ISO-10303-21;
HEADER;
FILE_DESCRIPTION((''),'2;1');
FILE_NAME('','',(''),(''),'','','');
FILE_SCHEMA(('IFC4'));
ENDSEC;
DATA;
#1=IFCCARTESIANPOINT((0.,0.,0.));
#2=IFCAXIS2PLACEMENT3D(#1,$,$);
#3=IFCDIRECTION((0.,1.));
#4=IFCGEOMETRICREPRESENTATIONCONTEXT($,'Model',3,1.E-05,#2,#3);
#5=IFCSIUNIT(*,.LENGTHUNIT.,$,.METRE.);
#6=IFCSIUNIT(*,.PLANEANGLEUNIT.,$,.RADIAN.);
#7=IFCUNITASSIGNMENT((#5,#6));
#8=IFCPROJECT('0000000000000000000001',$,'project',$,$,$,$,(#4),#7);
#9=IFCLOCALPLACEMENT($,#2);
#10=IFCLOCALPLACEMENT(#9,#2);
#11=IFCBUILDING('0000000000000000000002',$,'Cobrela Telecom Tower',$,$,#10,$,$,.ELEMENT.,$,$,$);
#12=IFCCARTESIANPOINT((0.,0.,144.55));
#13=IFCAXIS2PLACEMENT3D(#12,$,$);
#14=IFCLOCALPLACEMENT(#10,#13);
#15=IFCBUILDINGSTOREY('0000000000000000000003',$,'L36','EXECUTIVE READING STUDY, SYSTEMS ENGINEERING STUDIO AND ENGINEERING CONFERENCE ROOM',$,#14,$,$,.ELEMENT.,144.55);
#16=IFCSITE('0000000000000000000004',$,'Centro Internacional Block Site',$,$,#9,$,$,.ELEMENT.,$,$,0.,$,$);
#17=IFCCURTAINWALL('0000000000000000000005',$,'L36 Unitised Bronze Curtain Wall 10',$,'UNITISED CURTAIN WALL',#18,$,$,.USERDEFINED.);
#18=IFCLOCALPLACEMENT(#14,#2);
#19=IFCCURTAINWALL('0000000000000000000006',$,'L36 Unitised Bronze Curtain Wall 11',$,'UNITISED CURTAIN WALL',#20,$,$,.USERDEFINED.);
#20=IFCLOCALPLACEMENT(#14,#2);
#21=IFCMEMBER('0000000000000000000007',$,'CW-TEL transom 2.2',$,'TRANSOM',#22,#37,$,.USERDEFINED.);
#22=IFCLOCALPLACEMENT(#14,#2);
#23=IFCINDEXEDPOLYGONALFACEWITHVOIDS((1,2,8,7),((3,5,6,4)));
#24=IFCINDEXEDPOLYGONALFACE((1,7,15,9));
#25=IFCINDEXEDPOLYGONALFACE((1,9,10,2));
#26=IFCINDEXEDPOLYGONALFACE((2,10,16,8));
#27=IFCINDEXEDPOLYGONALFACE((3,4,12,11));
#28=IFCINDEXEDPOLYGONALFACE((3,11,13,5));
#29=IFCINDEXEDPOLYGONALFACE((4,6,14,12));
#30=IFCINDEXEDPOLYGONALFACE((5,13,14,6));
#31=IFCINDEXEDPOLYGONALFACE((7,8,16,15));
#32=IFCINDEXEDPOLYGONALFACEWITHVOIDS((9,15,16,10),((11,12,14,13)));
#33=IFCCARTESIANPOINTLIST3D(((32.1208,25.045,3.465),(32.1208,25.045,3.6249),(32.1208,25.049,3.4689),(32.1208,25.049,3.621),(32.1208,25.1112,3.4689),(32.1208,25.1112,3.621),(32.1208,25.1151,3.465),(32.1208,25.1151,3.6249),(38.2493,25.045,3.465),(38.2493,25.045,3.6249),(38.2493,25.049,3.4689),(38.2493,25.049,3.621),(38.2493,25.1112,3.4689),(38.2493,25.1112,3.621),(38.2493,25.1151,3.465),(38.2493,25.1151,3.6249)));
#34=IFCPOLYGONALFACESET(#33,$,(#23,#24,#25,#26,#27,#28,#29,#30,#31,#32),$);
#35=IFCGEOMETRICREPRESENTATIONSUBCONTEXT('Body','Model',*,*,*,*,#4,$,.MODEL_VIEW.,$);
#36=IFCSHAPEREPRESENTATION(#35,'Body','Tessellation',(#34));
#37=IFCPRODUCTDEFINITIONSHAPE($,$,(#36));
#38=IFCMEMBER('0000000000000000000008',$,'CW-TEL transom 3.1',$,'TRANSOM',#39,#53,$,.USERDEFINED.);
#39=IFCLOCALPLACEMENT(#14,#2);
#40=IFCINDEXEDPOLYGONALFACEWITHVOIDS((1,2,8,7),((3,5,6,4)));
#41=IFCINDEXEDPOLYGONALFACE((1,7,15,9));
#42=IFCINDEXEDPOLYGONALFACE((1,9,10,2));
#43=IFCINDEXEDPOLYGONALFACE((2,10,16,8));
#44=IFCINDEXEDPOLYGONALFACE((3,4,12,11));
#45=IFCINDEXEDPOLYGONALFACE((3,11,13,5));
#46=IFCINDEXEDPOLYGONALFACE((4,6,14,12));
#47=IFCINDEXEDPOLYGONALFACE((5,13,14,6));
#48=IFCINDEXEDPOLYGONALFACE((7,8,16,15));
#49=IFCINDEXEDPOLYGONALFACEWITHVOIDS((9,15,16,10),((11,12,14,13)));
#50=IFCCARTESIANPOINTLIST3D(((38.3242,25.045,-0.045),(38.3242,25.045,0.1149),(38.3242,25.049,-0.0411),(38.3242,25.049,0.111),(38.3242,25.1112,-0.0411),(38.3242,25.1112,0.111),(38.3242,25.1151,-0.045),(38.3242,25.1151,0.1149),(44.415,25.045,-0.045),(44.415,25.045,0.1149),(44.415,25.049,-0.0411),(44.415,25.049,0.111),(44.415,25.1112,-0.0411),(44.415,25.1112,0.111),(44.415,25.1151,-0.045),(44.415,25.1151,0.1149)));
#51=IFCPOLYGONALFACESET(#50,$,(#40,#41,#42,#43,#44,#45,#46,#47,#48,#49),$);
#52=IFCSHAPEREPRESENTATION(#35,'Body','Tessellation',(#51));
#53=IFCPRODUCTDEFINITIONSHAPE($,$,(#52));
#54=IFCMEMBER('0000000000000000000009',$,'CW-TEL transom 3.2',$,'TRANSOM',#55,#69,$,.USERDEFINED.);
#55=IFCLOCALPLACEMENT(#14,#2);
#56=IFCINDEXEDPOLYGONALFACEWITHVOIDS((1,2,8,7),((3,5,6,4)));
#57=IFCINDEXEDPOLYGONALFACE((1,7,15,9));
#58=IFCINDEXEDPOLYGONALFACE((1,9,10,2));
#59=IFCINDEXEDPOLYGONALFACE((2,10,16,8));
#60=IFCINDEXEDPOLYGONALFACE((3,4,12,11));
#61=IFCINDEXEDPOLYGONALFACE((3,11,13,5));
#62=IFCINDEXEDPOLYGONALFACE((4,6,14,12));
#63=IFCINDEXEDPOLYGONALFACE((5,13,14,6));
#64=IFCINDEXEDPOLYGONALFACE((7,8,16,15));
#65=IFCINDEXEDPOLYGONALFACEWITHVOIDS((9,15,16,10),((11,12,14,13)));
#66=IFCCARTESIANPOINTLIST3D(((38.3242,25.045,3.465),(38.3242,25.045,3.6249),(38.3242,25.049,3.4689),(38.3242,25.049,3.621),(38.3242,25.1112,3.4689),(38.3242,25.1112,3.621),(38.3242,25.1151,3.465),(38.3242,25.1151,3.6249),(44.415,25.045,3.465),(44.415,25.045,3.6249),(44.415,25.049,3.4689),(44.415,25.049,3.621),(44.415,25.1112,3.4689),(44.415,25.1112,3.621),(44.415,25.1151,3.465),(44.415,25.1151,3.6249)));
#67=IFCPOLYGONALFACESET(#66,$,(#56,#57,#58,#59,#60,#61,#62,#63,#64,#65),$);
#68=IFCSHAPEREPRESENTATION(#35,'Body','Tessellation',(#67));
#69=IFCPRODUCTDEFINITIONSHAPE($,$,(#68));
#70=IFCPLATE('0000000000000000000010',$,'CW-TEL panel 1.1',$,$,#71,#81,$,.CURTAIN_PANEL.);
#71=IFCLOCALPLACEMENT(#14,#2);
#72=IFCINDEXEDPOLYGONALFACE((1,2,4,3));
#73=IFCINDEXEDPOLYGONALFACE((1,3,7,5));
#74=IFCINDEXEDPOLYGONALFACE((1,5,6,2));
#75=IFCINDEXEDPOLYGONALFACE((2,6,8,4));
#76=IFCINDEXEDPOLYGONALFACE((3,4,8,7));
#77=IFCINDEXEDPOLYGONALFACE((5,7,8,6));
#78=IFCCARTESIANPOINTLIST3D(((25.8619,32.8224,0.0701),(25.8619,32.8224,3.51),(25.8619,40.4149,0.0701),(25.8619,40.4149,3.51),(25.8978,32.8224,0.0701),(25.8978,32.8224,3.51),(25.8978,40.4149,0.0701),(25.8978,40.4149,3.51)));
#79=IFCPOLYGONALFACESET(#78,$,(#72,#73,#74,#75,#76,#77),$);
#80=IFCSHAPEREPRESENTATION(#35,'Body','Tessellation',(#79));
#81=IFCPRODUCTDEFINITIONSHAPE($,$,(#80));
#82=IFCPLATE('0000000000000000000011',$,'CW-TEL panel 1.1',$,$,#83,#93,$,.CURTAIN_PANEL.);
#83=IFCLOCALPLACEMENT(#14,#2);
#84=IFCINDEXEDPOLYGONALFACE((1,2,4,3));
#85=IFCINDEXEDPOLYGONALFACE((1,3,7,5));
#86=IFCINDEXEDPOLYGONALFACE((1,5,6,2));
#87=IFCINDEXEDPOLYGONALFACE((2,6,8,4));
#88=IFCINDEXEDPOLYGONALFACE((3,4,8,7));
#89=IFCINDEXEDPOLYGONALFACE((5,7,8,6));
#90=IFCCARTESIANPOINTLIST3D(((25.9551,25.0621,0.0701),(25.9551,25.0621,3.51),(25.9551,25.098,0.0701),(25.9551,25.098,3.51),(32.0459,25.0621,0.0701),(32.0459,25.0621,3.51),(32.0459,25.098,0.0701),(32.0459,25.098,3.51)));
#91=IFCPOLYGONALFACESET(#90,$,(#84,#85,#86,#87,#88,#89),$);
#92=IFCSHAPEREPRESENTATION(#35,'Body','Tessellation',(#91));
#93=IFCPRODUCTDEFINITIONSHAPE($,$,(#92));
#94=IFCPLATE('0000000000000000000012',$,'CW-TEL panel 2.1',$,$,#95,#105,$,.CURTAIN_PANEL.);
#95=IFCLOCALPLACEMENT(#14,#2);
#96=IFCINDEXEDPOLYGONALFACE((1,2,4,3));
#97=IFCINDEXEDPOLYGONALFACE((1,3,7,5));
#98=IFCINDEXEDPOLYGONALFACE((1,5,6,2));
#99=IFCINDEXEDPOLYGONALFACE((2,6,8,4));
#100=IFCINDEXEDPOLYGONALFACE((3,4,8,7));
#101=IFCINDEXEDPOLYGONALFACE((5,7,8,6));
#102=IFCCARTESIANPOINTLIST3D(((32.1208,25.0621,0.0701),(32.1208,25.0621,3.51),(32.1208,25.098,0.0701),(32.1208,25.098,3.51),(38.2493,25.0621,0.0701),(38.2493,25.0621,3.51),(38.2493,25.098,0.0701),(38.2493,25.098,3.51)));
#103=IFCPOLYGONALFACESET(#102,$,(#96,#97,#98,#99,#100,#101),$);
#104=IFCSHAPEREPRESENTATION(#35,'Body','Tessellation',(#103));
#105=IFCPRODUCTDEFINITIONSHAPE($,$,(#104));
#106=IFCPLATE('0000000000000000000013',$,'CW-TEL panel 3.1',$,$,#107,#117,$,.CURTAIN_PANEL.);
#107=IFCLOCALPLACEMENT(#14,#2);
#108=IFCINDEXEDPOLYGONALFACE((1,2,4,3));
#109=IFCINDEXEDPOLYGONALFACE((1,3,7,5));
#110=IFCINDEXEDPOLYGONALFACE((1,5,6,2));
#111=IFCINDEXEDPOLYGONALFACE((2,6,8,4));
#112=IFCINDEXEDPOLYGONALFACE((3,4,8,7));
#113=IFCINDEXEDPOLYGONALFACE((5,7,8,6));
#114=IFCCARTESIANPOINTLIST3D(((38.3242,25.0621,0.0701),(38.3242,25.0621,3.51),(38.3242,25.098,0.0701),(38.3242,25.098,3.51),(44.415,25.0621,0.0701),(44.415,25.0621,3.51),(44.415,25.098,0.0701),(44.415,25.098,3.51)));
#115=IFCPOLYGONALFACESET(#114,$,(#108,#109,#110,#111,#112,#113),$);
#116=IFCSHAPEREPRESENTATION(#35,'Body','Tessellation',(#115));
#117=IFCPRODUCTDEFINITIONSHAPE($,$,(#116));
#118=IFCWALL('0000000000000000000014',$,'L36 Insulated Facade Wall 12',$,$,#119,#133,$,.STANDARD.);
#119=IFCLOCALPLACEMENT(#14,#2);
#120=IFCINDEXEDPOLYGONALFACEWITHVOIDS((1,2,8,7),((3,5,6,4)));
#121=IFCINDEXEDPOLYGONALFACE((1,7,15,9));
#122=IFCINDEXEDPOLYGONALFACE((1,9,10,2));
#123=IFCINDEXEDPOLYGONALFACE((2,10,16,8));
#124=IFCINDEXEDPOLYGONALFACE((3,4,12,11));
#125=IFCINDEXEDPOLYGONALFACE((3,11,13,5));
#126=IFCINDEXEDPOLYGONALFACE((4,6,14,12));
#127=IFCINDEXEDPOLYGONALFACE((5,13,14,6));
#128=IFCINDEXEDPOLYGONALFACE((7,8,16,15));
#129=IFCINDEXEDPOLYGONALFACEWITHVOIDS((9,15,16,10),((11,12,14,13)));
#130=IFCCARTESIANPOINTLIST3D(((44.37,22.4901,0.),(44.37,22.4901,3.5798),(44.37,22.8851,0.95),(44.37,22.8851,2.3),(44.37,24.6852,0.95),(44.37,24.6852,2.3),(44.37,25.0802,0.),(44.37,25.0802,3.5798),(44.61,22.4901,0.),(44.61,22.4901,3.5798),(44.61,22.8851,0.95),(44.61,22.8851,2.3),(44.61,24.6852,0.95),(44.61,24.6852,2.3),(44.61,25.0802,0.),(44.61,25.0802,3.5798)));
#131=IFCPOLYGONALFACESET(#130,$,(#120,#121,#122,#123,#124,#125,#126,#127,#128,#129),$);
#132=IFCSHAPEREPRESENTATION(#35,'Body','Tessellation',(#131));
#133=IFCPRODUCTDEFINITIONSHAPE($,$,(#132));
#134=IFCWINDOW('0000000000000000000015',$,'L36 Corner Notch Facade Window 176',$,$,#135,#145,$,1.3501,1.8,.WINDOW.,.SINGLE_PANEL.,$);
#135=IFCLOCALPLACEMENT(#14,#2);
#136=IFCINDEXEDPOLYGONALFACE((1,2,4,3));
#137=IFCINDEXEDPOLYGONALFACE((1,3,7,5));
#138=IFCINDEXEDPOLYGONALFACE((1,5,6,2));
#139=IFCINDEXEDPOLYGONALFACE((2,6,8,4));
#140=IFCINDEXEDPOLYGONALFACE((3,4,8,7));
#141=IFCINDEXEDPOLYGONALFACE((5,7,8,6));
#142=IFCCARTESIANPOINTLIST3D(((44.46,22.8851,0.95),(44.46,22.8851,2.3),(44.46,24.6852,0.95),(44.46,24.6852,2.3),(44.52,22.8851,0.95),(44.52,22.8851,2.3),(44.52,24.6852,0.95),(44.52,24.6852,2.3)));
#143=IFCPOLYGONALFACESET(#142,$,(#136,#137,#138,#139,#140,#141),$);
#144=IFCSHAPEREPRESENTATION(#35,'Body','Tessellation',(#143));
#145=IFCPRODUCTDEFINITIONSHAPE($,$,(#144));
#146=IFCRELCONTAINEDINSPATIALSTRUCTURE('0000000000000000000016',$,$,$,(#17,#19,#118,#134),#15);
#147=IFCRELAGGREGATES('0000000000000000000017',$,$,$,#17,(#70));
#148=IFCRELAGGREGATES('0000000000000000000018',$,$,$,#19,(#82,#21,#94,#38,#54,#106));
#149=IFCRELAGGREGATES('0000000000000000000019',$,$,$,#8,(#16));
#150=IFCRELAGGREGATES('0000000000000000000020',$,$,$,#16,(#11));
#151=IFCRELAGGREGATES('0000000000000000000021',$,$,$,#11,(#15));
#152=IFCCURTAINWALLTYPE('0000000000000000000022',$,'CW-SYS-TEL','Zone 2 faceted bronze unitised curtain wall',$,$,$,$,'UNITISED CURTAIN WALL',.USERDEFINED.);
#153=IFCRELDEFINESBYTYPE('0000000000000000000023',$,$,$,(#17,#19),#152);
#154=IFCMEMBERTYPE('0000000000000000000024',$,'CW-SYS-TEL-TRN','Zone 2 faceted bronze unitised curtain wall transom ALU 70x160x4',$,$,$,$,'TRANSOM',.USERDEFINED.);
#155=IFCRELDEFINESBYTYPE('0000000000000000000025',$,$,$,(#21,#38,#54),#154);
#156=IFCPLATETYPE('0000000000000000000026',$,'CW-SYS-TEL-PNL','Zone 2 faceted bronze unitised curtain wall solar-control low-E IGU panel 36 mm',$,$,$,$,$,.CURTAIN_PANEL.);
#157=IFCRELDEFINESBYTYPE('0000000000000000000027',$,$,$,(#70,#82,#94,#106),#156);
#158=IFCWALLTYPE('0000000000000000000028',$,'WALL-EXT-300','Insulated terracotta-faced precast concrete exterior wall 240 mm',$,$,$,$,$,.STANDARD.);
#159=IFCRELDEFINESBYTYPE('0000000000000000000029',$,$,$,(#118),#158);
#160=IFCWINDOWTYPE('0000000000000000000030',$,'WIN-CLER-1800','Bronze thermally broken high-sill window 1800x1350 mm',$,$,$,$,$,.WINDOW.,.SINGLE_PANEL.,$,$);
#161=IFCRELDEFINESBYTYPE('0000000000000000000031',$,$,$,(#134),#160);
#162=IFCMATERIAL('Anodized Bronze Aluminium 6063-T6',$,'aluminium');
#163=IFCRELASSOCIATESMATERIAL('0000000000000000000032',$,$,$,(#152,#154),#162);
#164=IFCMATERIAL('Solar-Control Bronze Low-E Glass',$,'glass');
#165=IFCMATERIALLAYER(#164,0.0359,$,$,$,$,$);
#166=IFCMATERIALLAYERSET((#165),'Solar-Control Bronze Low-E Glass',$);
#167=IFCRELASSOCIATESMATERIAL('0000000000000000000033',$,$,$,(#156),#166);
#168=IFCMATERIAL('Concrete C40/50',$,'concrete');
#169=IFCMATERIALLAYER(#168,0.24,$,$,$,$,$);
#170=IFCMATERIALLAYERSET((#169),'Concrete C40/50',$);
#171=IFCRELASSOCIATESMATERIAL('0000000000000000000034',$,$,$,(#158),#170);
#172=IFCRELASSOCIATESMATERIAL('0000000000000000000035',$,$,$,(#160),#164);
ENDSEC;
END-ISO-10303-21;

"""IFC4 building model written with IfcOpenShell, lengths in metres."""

from ifc_helpers import new_model, si_unit, direction, frame, frame_2d, origin, origin_2d, place, context, subcontext, project, spatial, rectangle, hollow_rectangle, extrude, material, layer, layer_set, material_profile, profile_set, type_object, element, fill, aggregate, save


model = new_model("IFC4")

# Units and contexts
model_context = context("Model", 3, precision=1e-05, world=origin(), true_north=direction((0.0, 1.0)))
body_context = subcontext(model_context, "Body", "Model", "MODEL_VIEW")
ifc_project = project(units=[si_unit("LENGTHUNIT", "METRE"), si_unit("PLANEANGLEUNIT", "RADIAN")], contexts=[model_context])

# Site, building, storey
site_placement = place(None, origin())
site = spatial("IfcSite", under=ifc_project, at=site_placement, Name="Centro Internacional Block Site", CompositionType="ELEMENT", RefElevation=0.0)
building_placement = place(site_placement, origin())
building = spatial("IfcBuilding", under=site, at=building_placement, Name="Cobrela Telecom Tower", CompositionType="ELEMENT")
storey_placement = place(building_placement, frame((0.0, 0.0, 144.55)))
storey = spatial("IfcBuildingStorey", under=building, at=storey_placement, Name="L36", Description="EXECUTIVE READING STUDY, SYSTEMS ENGINEERING STUDIO AND ENGINEERING CONFERENCE ROOM", CompositionType="ELEMENT", Elevation=144.55)

# Curtain walls
ifc_material_1 = material(Name="Anodized Bronze Aluminium 6063-T6", Category="aluminium")
curtain_wall_type = type_object("IfcCurtainWallType", Name="CW-SYS-TEL", Description="Zone 2 faceted bronze unitised curtain wall", ElementType="UNITISED CURTAIN WALL", PredefinedType="USERDEFINED", material=ifc_material_1)
curtain_wall_1_placement = place(storey_placement, origin())
curtain_wall_1 = element("IfcCurtainWall", 1, at=curtain_wall_1_placement, inside=storey, type_object=curtain_wall_type, Name="L36 Unitised Bronze Curtain Wall 10", ObjectType="UNITISED CURTAIN WALL", PredefinedType="USERDEFINED")
curtain_wall_2_placement = place(storey_placement, origin())
curtain_wall_2 = element("IfcCurtainWall", 2, at=curtain_wall_2_placement, inside=storey, type_object=curtain_wall_type, Name="L36 Unitised Bronze Curtain Wall 11", ObjectType="UNITISED CURTAIN WALL", PredefinedType="USERDEFINED")

# Members
ifc_material_profile_1 = material_profile(ifc_material_1, hollow_rectangle(XDim=0.0701, YDim=0.1599, WallThickness=0.0039, at=origin_2d()), Name="ALU 70x160x4")
ifc_profile_set_1 = profile_set([ifc_material_profile_1], Name="Anodized Bronze Aluminium 6063-T6")
member_type_1 = type_object("IfcMemberType", Name="CW-SYS-TEL-TRN", Description="Zone 2 faceted bronze unitised curtain wall transom ALU 70x160x4", ElementType="TRANSOM", PredefinedType="USERDEFINED", material=ifc_profile_set_1)
member_1_placement = place(storey_placement, frame((32.1208, 25.0801, 3.5449), z_axis=(1.0, 0.0, 0.0), x_axis=(0.0, 1.0, 0.0)))
member_1 = element("IfcMember", 3, at=member_1_placement, type_object=member_type_1, Name="CW-TEL transom 2.2", ObjectType="TRANSOM", PredefinedType="USERDEFINED", context=body_context, shape_type="SweptSolid", body=[
    extrude(hollow_rectangle(XDim=0.0701, YDim=0.1599, WallThickness=0.0039, at=origin_2d()), origin(), (0.0, 0.0, 1.0), 6.1284),
])
member_2_placement = place(storey_placement, frame((38.3242, 25.0801, 0.0349), z_axis=(1.0, 0.0, 0.0), x_axis=(0.0, 1.0, 0.0)))
member_2 = element("IfcMember", 4, at=member_2_placement, type_object=member_type_1, Name="CW-TEL transom 3.1", ObjectType="TRANSOM", PredefinedType="USERDEFINED", context=body_context, shape_type="SweptSolid", body=[
    extrude(hollow_rectangle(XDim=0.0701, YDim=0.1599, WallThickness=0.0039, at=origin_2d()), origin(), (0.0, 0.0, 1.0), 6.0908),
])
member_3_placement = place(storey_placement, frame((38.3242, 25.0801, 3.5449), z_axis=(1.0, 0.0, 0.0), x_axis=(0.0, 1.0, 0.0)))
member_3 = element("IfcMember", 5, at=member_3_placement, type_object=member_type_1, Name="CW-TEL transom 3.2", ObjectType="TRANSOM", PredefinedType="USERDEFINED", context=body_context, shape_type="SweptSolid", body=[
    extrude(hollow_rectangle(XDim=0.0701, YDim=0.1599, WallThickness=0.0039, at=origin_2d()), origin(), (0.0, 0.0, 1.0), 6.0908),
])

# Plates
ifc_material_2 = material(Name="Solar-Control Bronze Low-E Glass", Category="glass")
ifc_layer_1 = layer(ifc_material_2, 0.0359)
ifc_layer_set_1 = layer_set([ifc_layer_1], Name="Solar-Control Bronze Low-E Glass")
plate_type = type_object("IfcPlateType", Name="CW-SYS-TEL-PNL", Description="Zone 2 faceted bronze unitised curtain wall solar-control low-E IGU panel 36 mm", PredefinedType="CURTAIN_PANEL", material=ifc_layer_set_1)
plate_1_placement = place(storey_placement, frame((25.8799, 36.6187, 0.0701), z_axis=(0.0, 0.0, 1.0), x_axis=(0.0, -1.0, 0.0)))
plate_1 = element("IfcPlate", 6, at=plate_1_placement, type_object=plate_type, Name="CW-TEL panel 1.1", PredefinedType="CURTAIN_PANEL", context=body_context, shape_type="SweptSolid", body=[
    extrude(rectangle(XDim=7.5925, YDim=0.0359, at=origin_2d()), origin(), (0.0, 0.0, 1.0), 3.4399),
])
aggregate(curtain_wall_1, [plate_1])
plate_2_placement = place(storey_placement, frame((29.0005, 25.0801, 0.0701), z_axis=(0.0, 0.0, 1.0), x_axis=(1.0, 0.0, 0.0)))
plate_2 = element("IfcPlate", 7, at=plate_2_placement, type_object=plate_type, Name="CW-TEL panel 1.1", PredefinedType="CURTAIN_PANEL", context=body_context, shape_type="SweptSolid", body=[
    extrude(rectangle(XDim=6.0908, YDim=0.0359, at=origin_2d()), origin(), (0.0, 0.0, 1.0), 3.4399),
])
plate_3_placement = place(storey_placement, frame((35.1851, 25.0801, 0.0701), z_axis=(0.0, 0.0, 1.0), x_axis=(1.0, 0.0, 0.0)))
plate_3 = element("IfcPlate", 8, at=plate_3_placement, type_object=plate_type, Name="CW-TEL panel 2.1", PredefinedType="CURTAIN_PANEL", context=body_context, shape_type="SweptSolid", body=[
    extrude(rectangle(XDim=6.1284, YDim=0.0359, at=origin_2d()), origin(), (0.0, 0.0, 1.0), 3.4399),
])
plate_4_placement = place(storey_placement, frame((41.3696, 25.0801, 0.0701), z_axis=(0.0, 0.0, 1.0), x_axis=(1.0, 0.0, 0.0)))
plate_4 = element("IfcPlate", 9, at=plate_4_placement, type_object=plate_type, Name="CW-TEL panel 3.1", PredefinedType="CURTAIN_PANEL", context=body_context, shape_type="SweptSolid", body=[
    extrude(rectangle(XDim=6.0908, YDim=0.0359, at=origin_2d()), origin(), (0.0, 0.0, 1.0), 3.4399),
])
aggregate(curtain_wall_2, [plate_2, member_1, plate_3, member_2, member_3, plate_4])

# Wall, opening, window
ifc_material_3 = material(Name="Concrete C40/50", Category="concrete")
ifc_layer_2 = layer(ifc_material_3, 0.24)
ifc_layer_set_2 = layer_set([ifc_layer_2], Name="Concrete C40/50")
wall_type = type_object("IfcWallType", Name="WALL-EXT-300", Description="Insulated terracotta-faced precast concrete exterior wall 240 mm", PredefinedType="STANDARD", material=ifc_layer_set_2)
wall_placement = place(storey_placement, frame((44.49, 25.0801, 0.0), z_axis=(0.0, 0.0, 1.0), x_axis=(0.0, -1.0, 0.0)))
wall = element("IfcWall", 10, at=wall_placement, inside=storey, type_object=wall_type, Name="L36 Insulated Facade Wall 12", PredefinedType="STANDARD", context=body_context, shape_type="SweptSolid", body=[
    extrude(rectangle(XDim=2.5901, YDim=0.24, at=frame_2d((1.2949, 0.0))), origin(), (0.0, 0.0, 1.0), 3.5798),
])
opening_placement = place(wall_placement, frame((0.395, 0.0, 0.95)))
opening = element("IfcOpeningElement", 11, at=opening_placement, cuts=wall, PredefinedType="OPENING", context=body_context, shape_type="SweptSolid", body=[
    extrude(rectangle(XDim=1.8, YDim=1.3501, at=frame_2d((0.8999, 0.675))), frame((0.0, 0.1318, 0.0), z_axis=(0.0, -1.0, 0.0), x_axis=(1.0, 0.0, 0.0)), (0.0, 0.0, 1.0), 0.2639),
])
window_type = type_object("IfcWindowType", Name="WIN-CLER-1800", Description="Bronze thermally broken high-sill window 1800x1350 mm", PartitioningType="SINGLE_PANEL", PredefinedType="WINDOW", material=ifc_material_2)
window_placement = place(opening_placement, origin())
window = element("IfcWindow", 12, at=window_placement, inside=storey, type_object=window_type, Name="L36 Corner Notch Facade Window 176", OverallHeight=1.3501, OverallWidth=1.8, PartitioningType="SINGLE_PANEL", PredefinedType="WINDOW", context=body_context, shape_type="SweptSolid", body=[
    extrude(rectangle(XDim=1.8, YDim=1.3501, at=frame_2d((0.8999, 0.675))), frame((0.0, 0.03, 0.0), z_axis=(0.0, -1.0, 0.0), x_axis=(1.0, 0.0, 0.0)), (0.0, 0.0, 1.0), 0.0601),
])
fill(opening, window)

save(model, "model.ifc")
